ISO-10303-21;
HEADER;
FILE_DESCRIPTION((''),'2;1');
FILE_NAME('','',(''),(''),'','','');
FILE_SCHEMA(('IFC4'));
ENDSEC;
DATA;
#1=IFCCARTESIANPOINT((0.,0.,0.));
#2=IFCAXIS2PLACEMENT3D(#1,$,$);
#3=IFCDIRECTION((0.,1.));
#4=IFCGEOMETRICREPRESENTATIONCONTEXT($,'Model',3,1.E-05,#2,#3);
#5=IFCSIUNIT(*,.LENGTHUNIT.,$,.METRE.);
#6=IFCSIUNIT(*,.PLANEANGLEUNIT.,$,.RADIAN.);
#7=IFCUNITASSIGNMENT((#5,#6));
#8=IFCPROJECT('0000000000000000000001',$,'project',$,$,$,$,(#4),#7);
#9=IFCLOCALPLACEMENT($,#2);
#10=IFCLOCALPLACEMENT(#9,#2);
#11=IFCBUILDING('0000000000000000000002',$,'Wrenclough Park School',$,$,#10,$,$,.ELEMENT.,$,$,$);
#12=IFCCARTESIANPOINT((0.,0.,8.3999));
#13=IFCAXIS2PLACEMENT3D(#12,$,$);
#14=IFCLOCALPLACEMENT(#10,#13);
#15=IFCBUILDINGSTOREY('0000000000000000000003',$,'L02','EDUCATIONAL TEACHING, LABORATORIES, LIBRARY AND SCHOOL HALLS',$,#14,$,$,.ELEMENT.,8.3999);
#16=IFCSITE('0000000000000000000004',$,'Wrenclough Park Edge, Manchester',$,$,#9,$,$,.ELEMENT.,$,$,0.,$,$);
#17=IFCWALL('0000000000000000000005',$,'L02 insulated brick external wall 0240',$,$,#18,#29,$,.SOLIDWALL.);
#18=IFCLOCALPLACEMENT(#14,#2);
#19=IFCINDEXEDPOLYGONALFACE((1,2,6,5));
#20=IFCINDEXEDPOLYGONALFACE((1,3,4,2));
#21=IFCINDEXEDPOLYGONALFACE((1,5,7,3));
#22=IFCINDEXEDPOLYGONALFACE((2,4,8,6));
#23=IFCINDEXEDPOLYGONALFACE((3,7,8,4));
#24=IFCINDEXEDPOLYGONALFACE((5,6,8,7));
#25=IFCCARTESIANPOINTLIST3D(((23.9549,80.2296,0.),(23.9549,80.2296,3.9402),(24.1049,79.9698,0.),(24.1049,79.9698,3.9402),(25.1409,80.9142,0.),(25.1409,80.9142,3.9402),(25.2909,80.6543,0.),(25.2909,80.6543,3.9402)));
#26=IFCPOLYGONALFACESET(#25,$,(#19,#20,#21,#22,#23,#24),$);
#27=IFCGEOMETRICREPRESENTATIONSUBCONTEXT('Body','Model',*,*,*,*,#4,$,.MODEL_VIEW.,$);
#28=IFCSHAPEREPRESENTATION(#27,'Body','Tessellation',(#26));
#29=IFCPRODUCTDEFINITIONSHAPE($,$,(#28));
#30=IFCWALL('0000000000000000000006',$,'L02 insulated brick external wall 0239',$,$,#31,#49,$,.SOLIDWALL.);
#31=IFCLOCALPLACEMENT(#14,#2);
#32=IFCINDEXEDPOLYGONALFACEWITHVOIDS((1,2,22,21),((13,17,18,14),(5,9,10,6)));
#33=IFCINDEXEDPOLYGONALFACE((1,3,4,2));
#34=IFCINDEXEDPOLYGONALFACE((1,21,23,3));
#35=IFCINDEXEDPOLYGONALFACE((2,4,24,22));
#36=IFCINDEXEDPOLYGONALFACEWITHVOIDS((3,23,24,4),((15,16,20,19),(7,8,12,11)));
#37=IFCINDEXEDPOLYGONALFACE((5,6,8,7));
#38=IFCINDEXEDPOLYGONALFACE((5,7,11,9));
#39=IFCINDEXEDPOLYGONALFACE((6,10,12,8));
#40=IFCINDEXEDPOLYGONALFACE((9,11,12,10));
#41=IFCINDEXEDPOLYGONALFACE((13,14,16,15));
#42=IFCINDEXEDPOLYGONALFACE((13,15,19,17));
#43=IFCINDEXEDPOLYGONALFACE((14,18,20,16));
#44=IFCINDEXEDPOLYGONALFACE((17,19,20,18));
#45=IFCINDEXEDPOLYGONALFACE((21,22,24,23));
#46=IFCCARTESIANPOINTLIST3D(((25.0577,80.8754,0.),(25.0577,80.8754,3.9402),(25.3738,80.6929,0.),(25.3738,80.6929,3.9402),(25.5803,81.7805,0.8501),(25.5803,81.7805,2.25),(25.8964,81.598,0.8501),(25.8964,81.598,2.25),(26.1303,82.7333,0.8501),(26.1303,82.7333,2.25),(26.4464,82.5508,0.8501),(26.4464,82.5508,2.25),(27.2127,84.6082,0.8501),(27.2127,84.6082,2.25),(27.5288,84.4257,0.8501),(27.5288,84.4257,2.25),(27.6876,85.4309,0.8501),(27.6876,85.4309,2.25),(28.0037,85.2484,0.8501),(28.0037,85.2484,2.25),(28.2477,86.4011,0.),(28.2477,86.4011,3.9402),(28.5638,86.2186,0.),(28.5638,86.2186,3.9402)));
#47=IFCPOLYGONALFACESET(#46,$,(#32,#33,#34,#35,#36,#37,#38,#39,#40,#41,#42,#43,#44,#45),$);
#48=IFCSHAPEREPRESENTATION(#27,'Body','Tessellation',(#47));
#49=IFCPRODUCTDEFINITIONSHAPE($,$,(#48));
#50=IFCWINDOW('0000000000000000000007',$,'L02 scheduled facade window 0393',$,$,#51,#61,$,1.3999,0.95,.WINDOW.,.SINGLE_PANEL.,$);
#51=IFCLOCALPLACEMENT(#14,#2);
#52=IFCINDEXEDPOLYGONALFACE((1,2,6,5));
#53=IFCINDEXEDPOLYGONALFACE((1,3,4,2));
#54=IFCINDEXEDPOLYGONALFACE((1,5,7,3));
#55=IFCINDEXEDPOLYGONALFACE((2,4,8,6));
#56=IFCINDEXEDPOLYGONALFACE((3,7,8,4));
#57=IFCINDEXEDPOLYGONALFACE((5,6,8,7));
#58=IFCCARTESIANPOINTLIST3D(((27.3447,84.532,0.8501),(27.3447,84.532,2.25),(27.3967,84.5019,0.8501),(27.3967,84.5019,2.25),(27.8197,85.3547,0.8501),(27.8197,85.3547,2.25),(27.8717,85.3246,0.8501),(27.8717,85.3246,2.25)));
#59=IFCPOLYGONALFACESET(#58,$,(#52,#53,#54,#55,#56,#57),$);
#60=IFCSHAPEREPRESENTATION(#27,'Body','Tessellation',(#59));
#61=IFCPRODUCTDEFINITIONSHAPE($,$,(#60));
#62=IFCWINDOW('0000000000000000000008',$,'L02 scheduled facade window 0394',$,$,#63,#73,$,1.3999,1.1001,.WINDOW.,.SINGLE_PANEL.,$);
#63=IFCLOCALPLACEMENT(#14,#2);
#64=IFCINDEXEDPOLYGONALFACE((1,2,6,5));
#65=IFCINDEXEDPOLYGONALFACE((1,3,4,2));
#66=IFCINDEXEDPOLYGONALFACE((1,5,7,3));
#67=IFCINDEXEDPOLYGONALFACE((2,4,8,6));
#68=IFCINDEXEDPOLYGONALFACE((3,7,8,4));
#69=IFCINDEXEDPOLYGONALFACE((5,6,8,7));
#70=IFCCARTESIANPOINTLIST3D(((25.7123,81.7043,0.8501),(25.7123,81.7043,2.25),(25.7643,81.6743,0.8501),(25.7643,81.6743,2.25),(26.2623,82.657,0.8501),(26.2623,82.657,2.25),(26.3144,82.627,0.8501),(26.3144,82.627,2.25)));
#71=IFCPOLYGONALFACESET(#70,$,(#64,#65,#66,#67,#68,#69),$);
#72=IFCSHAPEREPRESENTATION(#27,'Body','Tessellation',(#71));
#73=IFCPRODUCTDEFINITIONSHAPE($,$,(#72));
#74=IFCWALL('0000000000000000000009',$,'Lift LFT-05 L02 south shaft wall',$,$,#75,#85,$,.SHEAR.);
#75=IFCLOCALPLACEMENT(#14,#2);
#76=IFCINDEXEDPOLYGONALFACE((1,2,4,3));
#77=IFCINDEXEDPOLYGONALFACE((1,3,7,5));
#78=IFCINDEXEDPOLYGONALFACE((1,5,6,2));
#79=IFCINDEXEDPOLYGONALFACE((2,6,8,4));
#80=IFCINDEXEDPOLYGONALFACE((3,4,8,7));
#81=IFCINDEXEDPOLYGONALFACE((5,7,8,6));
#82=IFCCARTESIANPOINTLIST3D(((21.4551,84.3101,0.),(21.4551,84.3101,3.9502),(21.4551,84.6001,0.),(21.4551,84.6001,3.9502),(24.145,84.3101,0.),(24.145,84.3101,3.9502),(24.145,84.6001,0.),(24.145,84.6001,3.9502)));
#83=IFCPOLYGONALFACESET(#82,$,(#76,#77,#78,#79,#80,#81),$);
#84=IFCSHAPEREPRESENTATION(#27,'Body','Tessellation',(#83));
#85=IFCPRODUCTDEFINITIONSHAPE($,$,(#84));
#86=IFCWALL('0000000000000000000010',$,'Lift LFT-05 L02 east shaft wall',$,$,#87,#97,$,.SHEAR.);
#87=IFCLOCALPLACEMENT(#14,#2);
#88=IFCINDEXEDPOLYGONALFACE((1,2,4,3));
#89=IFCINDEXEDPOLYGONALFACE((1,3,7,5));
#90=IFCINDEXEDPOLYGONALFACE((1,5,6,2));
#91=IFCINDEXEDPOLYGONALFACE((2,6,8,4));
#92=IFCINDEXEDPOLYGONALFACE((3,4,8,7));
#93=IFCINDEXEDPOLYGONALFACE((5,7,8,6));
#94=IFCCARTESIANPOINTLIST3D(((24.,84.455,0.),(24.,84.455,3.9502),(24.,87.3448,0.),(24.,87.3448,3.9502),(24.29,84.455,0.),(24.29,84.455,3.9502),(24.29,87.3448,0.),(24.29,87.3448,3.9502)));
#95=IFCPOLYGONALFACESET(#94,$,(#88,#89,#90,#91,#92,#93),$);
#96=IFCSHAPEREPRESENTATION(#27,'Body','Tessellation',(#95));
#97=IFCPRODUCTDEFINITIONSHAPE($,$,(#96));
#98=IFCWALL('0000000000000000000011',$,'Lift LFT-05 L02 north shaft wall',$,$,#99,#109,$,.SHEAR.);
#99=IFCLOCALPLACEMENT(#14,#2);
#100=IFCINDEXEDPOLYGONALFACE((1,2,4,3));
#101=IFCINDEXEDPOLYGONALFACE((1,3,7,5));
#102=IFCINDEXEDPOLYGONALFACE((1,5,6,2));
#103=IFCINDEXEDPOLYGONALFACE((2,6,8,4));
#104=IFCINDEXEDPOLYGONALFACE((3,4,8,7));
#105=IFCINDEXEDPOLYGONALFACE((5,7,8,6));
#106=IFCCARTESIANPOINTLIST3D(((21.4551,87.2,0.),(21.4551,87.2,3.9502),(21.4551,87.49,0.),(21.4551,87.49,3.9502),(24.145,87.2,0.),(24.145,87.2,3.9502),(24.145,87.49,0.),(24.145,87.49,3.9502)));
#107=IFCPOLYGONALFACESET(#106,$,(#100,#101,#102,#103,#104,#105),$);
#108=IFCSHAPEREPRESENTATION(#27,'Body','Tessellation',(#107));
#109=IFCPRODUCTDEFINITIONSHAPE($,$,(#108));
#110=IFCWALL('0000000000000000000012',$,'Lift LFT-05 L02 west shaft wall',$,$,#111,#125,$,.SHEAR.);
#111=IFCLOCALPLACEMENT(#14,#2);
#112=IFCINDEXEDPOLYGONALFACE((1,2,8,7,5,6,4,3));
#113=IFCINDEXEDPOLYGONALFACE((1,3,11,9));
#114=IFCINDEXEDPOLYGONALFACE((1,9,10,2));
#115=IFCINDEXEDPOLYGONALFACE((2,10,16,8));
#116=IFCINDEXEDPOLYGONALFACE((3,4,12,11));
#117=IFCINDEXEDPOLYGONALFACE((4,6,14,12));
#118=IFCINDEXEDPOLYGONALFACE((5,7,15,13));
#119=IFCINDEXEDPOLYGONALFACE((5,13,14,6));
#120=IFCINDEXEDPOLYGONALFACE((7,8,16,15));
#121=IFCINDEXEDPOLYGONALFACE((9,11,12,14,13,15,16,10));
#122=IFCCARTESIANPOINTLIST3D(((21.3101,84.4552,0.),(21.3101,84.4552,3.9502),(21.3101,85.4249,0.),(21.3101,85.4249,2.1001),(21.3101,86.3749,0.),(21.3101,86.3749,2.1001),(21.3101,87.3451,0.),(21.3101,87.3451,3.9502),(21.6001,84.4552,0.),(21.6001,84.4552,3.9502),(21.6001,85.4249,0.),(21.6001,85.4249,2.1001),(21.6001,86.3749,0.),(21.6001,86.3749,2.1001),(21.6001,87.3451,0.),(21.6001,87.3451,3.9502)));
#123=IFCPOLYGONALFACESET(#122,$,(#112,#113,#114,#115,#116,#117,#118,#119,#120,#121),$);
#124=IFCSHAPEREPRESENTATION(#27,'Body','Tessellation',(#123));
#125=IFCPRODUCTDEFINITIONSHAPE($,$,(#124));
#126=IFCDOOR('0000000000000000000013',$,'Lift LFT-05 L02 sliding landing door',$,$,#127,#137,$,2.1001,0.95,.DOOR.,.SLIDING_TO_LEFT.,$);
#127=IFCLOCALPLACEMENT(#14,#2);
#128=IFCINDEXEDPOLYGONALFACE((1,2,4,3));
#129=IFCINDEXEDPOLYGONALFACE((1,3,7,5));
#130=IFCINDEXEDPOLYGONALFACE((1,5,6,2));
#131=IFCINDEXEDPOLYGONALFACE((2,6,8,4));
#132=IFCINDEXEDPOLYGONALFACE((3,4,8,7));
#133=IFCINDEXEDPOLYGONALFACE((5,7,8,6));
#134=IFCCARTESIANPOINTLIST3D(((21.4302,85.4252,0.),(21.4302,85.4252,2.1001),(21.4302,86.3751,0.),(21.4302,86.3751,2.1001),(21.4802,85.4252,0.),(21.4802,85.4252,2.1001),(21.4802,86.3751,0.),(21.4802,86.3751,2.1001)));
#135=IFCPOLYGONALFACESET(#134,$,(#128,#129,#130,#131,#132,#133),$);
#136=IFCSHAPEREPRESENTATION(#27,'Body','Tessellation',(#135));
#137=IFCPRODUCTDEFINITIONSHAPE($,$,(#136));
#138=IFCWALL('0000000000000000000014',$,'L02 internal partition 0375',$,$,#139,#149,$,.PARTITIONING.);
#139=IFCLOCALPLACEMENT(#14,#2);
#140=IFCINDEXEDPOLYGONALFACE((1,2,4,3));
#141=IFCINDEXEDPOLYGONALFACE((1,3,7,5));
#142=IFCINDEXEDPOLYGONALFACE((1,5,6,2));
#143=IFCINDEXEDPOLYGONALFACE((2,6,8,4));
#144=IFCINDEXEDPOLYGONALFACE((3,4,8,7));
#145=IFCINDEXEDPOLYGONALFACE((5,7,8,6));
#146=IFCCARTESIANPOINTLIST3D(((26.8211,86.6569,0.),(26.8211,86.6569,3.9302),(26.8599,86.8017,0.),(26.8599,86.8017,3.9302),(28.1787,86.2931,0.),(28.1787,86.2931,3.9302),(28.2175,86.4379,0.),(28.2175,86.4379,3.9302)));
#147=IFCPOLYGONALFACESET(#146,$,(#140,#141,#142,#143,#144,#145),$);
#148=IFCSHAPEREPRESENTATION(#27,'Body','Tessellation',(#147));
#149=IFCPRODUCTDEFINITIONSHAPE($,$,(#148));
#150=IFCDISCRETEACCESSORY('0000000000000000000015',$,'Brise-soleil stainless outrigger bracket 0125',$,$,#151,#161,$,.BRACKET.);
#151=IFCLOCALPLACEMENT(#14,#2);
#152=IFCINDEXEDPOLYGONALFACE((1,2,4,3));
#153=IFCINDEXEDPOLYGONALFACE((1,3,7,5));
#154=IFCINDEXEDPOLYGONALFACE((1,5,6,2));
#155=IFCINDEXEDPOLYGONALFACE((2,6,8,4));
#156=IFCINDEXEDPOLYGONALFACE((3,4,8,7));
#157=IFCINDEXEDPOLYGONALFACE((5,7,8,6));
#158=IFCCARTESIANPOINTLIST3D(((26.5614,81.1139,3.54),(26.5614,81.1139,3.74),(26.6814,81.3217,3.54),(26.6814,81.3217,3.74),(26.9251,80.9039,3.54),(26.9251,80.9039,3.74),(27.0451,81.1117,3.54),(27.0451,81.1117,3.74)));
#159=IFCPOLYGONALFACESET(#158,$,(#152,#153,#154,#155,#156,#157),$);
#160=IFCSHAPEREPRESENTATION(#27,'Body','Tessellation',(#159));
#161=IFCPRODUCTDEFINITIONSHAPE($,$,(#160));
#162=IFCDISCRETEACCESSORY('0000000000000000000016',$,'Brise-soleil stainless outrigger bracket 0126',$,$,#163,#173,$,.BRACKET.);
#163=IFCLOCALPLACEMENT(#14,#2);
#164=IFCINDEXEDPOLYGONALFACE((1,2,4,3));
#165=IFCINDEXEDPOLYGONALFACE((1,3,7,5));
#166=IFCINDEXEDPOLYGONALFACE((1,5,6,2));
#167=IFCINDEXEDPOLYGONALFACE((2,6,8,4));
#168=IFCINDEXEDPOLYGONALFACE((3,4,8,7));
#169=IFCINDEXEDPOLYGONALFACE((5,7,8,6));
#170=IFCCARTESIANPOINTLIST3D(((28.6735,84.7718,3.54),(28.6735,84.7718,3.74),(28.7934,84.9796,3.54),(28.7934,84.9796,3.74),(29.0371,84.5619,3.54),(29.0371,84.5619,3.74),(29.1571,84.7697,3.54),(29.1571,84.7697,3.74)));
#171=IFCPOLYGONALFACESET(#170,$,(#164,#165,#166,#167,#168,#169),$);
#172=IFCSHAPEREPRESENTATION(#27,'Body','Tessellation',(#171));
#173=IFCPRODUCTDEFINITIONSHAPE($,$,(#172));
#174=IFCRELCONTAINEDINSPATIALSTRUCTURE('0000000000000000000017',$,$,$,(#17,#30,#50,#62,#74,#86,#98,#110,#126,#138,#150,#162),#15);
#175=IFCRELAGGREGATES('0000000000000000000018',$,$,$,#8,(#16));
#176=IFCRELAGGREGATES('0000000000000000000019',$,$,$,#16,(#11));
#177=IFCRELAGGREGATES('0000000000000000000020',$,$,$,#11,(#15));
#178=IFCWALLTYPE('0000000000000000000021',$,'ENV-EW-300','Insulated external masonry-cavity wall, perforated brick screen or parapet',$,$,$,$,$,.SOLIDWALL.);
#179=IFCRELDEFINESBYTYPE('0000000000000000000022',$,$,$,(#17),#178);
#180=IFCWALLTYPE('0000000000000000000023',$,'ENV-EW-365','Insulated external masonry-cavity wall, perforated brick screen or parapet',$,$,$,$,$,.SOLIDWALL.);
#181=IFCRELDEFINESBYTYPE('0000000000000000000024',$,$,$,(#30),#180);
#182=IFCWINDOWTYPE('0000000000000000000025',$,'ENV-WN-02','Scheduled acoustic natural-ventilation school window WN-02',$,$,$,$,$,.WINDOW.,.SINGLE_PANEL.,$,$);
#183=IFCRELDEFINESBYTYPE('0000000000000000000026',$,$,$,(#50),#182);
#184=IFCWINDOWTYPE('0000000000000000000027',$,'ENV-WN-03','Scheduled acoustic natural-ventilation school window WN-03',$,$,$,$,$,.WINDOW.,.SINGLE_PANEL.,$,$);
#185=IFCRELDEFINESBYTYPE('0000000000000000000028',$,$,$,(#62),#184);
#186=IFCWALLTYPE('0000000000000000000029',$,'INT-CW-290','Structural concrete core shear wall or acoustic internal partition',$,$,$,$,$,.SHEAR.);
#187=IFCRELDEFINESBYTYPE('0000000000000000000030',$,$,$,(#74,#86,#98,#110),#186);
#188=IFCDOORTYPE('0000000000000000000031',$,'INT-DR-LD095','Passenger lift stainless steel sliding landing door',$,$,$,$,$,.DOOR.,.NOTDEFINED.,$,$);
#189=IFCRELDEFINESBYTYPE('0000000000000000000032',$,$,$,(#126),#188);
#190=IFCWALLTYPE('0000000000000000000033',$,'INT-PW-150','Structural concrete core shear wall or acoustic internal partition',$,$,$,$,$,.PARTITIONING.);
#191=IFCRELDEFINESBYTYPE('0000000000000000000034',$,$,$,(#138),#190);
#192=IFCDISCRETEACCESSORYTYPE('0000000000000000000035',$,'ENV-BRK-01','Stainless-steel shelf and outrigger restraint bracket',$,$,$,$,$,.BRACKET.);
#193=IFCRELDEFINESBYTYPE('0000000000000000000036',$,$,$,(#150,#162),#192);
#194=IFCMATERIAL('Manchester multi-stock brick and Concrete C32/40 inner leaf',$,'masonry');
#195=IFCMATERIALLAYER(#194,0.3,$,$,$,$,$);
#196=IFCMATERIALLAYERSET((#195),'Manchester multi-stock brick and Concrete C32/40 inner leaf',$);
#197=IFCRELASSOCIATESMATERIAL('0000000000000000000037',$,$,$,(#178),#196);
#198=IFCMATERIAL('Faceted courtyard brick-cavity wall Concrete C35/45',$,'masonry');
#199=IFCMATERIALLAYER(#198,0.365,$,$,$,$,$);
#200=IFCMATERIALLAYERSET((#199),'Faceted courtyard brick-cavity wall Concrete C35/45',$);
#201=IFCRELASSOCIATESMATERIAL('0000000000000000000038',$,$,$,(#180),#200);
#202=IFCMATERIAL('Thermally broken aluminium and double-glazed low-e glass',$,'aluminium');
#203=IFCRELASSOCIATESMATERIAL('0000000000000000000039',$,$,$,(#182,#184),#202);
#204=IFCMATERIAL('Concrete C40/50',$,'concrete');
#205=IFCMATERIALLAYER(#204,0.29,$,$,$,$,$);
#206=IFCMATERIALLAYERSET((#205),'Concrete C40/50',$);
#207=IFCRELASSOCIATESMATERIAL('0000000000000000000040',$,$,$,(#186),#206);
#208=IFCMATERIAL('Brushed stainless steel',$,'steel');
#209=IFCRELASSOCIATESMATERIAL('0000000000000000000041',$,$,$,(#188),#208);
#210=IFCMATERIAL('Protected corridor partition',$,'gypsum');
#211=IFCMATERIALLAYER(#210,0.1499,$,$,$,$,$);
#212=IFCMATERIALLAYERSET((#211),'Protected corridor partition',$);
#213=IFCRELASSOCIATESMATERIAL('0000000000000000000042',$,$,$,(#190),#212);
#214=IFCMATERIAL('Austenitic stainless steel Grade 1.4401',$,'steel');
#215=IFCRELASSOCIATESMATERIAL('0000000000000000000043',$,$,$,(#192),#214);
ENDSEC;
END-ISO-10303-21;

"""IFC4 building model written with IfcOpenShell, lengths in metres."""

from ifc_helpers import new_model, si_unit, direction, frame, frame_2d, origin, origin_2d, place, context, subcontext, project, spatial, rectangle, extrude, material, layer, layer_set, type_object, element, fill, save


model = new_model("IFC4")

# Units and contexts
model_context = context("Model", 3, precision=1e-05, world=origin(), true_north=direction((0.0, 1.0)))
body_context = subcontext(model_context, "Body", "Model", "MODEL_VIEW")
ifc_project = project(units=[si_unit("LENGTHUNIT", "METRE"), si_unit("PLANEANGLEUNIT", "RADIAN")], contexts=[model_context])

# Site, building, storey
site_placement = place(None, origin())
site = spatial("IfcSite", under=ifc_project, at=site_placement, Name="Wrenclough Park Edge, Manchester", CompositionType="ELEMENT", RefElevation=0.0)
building_placement = place(site_placement, origin())
building = spatial("IfcBuilding", under=site, at=building_placement, Name="Wrenclough Park School", CompositionType="ELEMENT")
storey_placement = place(building_placement, frame((0.0, 0.0, 8.3999)))
storey = spatial("IfcBuildingStorey", under=building, at=storey_placement, Name="L02", Description="EDUCATIONAL TEACHING, LABORATORIES, LIBRARY AND SCHOOL HALLS", CompositionType="ELEMENT", Elevation=8.3999)

# Wall
ifc_material_1 = material(Name="Manchester multi-stock brick and Concrete C32/40 inner leaf", Category="masonry")
ifc_layer_1 = layer(ifc_material_1, 0.3)
ifc_layer_set_1 = layer_set([ifc_layer_1], Name="Manchester multi-stock brick and Concrete C32/40 inner leaf")
wall_type_1 = type_object("IfcWallType", Name="ENV-EW-300", Description="Insulated external masonry-cavity wall, perforated brick screen or parapet", PredefinedType="SOLIDWALL", material=ifc_layer_set_1)
wall_1_placement = place(storey_placement, frame((25.2158, 80.7842, 0.0), z_axis=(0.0, 0.0, 1.0), x_axis=(-0.866085, -0.499897, 0.0)))
element("IfcWall", 1, at=wall_1_placement, inside=storey, type_object=wall_type_1, Name="L02 insulated brick external wall 0240", PredefinedType="SOLIDWALL", context=body_context, shape_type="SweptSolid", body=[
    extrude(rectangle(XDim=1.3694, YDim=0.3, at=frame_2d((0.6846, 0.0))), origin(), (0.0, 0.0, 1.0), 3.9402),
])

# Wall, openings, windows
ifc_material_2 = material(Name="Faceted courtyard brick-cavity wall Concrete C35/45", Category="masonry")
ifc_layer_2 = layer(ifc_material_2, 0.365)
ifc_layer_set_2 = layer_set([ifc_layer_2], Name="Faceted courtyard brick-cavity wall Concrete C35/45")
wall_type_2 = type_object("IfcWallType", Name="ENV-EW-365", Description="Insulated external masonry-cavity wall, perforated brick screen or parapet", PredefinedType="SOLIDWALL", material=ifc_layer_set_2)
wall_2_placement = place(storey_placement, frame((28.4058, 86.3098, 0.0), z_axis=(0.0, 0.0, 1.0), x_axis=(-0.499966, -0.866045, 0.0)))
wall_2 = element("IfcWall", 2, at=wall_2_placement, inside=storey, type_object=wall_type_2, Name="L02 insulated brick external wall 0239", PredefinedType="SOLIDWALL", context=body_context, shape_type="SweptSolid", body=[
    extrude(rectangle(XDim=6.3804, YDim=0.365, at=frame_2d((3.1902, 0.0))), origin(), (0.0, 0.0, 1.0), 3.9402),
])
opening_1_placement = place(wall_2_placement, frame((1.1201, 0.0, 0.8501)))
opening_1 = element("IfcOpeningElement", 3, at=opening_1_placement, cuts=wall_2, PredefinedType="OPENING", context=body_context, shape_type="SweptSolid", body=[
    extrude(rectangle(XDim=0.95, YDim=1.3999, at=frame_2d((0.4751, 0.7))), frame((0.0, 0.1924, 0.0), z_axis=(0.0, -1.0, 0.0), x_axis=(1.0, 0.0, 0.0)), (0.0, 0.0, 1.0), 0.385),
])
opening_2_placement = place(wall_2_placement, frame((4.2351, 0.0, 0.8501)))
opening_2 = element("IfcOpeningElement", 4, at=opening_2_placement, cuts=wall_2, PredefinedType="OPENING", context=body_context, shape_type="SweptSolid", body=[
    extrude(rectangle(XDim=1.1001, YDim=1.3999, at=frame_2d((0.55, 0.7))), frame((0.0, 0.1924, 0.0), z_axis=(0.0, -1.0, 0.0), x_axis=(1.0, 0.0, 0.0)), (0.0, 0.0, 1.0), 0.385),
])
ifc_material_3 = material(Name="Thermally broken aluminium and double-glazed low-e glass", Category="aluminium")
window_type_1 = type_object("IfcWindowType", Name="ENV-WN-02", Description="Scheduled acoustic natural-ventilation school window WN-02", PartitioningType="SINGLE_PANEL", PredefinedType="WINDOW", material=ifc_material_3)
window_1_placement = place(opening_1_placement, origin())
window_1 = element("IfcWindow", 5, at=window_1_placement, inside=storey, type_object=window_type_1, Name="L02 scheduled facade window 0393", OverallHeight=1.3999, OverallWidth=0.95, PartitioningType="SINGLE_PANEL", PredefinedType="WINDOW", context=body_context, shape_type="SweptSolid", body=[
    extrude(rectangle(XDim=0.95, YDim=1.3999, at=frame_2d((0.4751, 0.7))), frame((0.0, 0.03, 0.0), z_axis=(0.0, -1.0, 0.0), x_axis=(1.0, 0.0, 0.0)), (0.0, 0.0, 1.0), 0.0601),
])
fill(opening_1, window_1)
window_type_2 = type_object("IfcWindowType", Name="ENV-WN-03", Description="Scheduled acoustic natural-ventilation school window WN-03", PartitioningType="SINGLE_PANEL", PredefinedType="WINDOW", material=ifc_material_3)
window_2_placement = place(opening_2_placement, origin())
window_2 = element("IfcWindow", 6, at=window_2_placement, inside=storey, type_object=window_type_2, Name="L02 scheduled facade window 0394", OverallHeight=1.3999, OverallWidth=1.1001, PartitioningType="SINGLE_PANEL", PredefinedType="WINDOW", context=body_context, shape_type="SweptSolid", body=[
    extrude(rectangle(XDim=1.1001, YDim=1.3999, at=frame_2d((0.55, 0.7))), frame((0.0, 0.03, 0.0), z_axis=(0.0, -1.0, 0.0), x_axis=(1.0, 0.0, 0.0)), (0.0, 0.0, 1.0), 0.0601),
])
fill(opening_2, window_2)

# Walls
ifc_material_4 = material(Name="Concrete C40/50", Category="concrete")
ifc_layer_3 = layer(ifc_material_4, 0.29)
ifc_layer_set_3 = layer_set([ifc_layer_3], Name="Concrete C40/50")
wall_type_3 = type_object("IfcWallType", Name="INT-CW-290", Description="Structural concrete core shear wall or acoustic internal partition", PredefinedType="SHEAR", material=ifc_layer_set_3)
wall_3_placement = place(storey_placement, frame((21.4551, 84.4551, 0.0), z_axis=(0.0, 0.0, 1.0), x_axis=(1.0, 0.0, 0.0)))
element("IfcWall", 7, at=wall_3_placement, inside=storey, type_object=wall_type_3, Name="Lift LFT-05 L02 south shaft wall", PredefinedType="SHEAR", context=body_context, shape_type="SweptSolid", body=[
    extrude(rectangle(XDim=2.6899, YDim=0.29, at=frame_2d((1.345, 0.0))), origin(), (0.0, 0.0, 1.0), 3.9502),
])
wall_4_placement = place(storey_placement, frame((24.145, 84.4551, 0.0), z_axis=(0.0, 0.0, 1.0), x_axis=(0.0, 1.0, 0.0)))
element("IfcWall", 8, at=wall_4_placement, inside=storey, type_object=wall_type_3, Name="Lift LFT-05 L02 east shaft wall", PredefinedType="SHEAR", context=body_context, shape_type="SweptSolid", body=[
    extrude(rectangle(XDim=2.8899, YDim=0.29, at=frame_2d((1.4448, 0.0))), origin(), (0.0, 0.0, 1.0), 3.9502),
])
wall_5_placement = place(storey_placement, frame((24.145, 87.345, 0.0), z_axis=(0.0, 0.0, 1.0), x_axis=(-1.0, 0.0, 0.0)))
element("IfcWall", 9, at=wall_5_placement, inside=storey, type_object=wall_type_3, Name="Lift LFT-05 L02 north shaft wall", PredefinedType="SHEAR", context=body_context, shape_type="SweptSolid", body=[
    extrude(rectangle(XDim=2.6899, YDim=0.29, at=frame_2d((1.345, 0.0))), origin(), (0.0, 0.0, 1.0), 3.9502),
])

# Wall, opening, door
wall_6_placement = place(storey_placement, frame((21.4551, 87.345, 0.0), z_axis=(0.0, 0.0, 1.0), x_axis=(0.0, -1.0, 0.0)))
wall_6 = element("IfcWall", 10, at=wall_6_placement, inside=storey, type_object=wall_type_3, Name="Lift LFT-05 L02 west shaft wall", PredefinedType="SHEAR", context=body_context, shape_type="SweptSolid", body=[
    extrude(rectangle(XDim=2.8899, YDim=0.29, at=frame_2d((1.4448, 0.0))), origin(), (0.0, 0.0, 1.0), 3.9502),
])
opening_3_placement = place(wall_6_placement, frame((0.97, 0.0, 0.0)))
opening_3 = element("IfcOpeningElement", 11, at=opening_3_placement, cuts=wall_6, PredefinedType="OPENING", context=body_context, shape_type="SweptSolid", body=[
    extrude(rectangle(XDim=0.95, YDim=2.1001, at=frame_2d((0.4751, 1.05))), frame((0.0, 0.155, 0.0), z_axis=(0.0, -1.0, 0.0), x_axis=(1.0, 0.0, 0.0)), (0.0, 0.0, 1.0), 0.3101),
])
ifc_material_5 = material(Name="Brushed stainless steel", Category="steel")
door_type = type_object("IfcDoorType", Name="INT-DR-LD095", Description="Passenger lift stainless steel sliding landing door", OperationType="NOTDEFINED", PredefinedType="DOOR", material=ifc_material_5)
door_placement = place(opening_3_placement, frame((0.95, 0.0, 0.0), z_axis=(0.0, 0.0, 1.0), x_axis=(-1.0, 0.0, 0.0)))
door = element("IfcDoor", 12, at=door_placement, inside=storey, type_object=door_type, Name="Lift LFT-05 L02 sliding landing door", OperationType="SLIDING_TO_LEFT", OverallHeight=2.1001, OverallWidth=0.95, PredefinedType="DOOR", context=body_context, shape_type="SweptSolid", body=[
    extrude(rectangle(XDim=0.95, YDim=2.1001, at=frame_2d((0.4751, 1.05))), frame((0.0, 0.0249, 0.0), z_axis=(0.0, -1.0, 0.0), x_axis=(1.0, 0.0, 0.0)), (0.0, 0.0, 1.0), 0.05),
])
fill(opening_3, door)

# Wall
ifc_material_6 = material(Name="Protected corridor partition", Category="gypsum")
ifc_layer_4 = layer(ifc_material_6, 0.1499)
ifc_layer_set_4 = layer_set([ifc_layer_4], Name="Protected corridor partition")
wall_type_4 = type_object("IfcWallType", Name="INT-PW-150", Description="Structural concrete core shear wall or acoustic internal partition", PredefinedType="PARTITIONING", material=ifc_layer_set_4)
wall_7_placement = place(storey_placement, frame((26.8406, 86.7292, 0.0), z_axis=(0.0, 0.0, 1.0), x_axis=(0.965929, -0.258808, 0.0)))
element("IfcWall", 13, at=wall_7_placement, inside=storey, type_object=wall_type_4, Name="L02 internal partition 0375", PredefinedType="PARTITIONING", context=body_context, shape_type="SweptSolid", body=[
    extrude(rectangle(XDim=1.4055, YDim=0.1499, at=frame_2d((0.7026, 0.0))), origin(), (0.0, 0.0, 1.0), 3.9302),
])

# Discrete accessories
ifc_material_7 = material(Name="Austenitic stainless steel Grade 1.4401", Category="steel")
discrete_accessory_type = type_object("IfcDiscreteAccessoryType", Name="ENV-BRK-01", Description="Stainless-steel shelf and outrigger restraint bracket", PredefinedType="BRACKET", material=ifc_material_7)
for number, where, z_axis, x_axis, name in (
    (14, (26.8032, 81.1128, 3.54), (0.0, 0.0, 1.0), (0.499991, 0.866031, 0.0), "Brise-soleil stainless outrigger bracket 0125"),
    (15, (28.9153, 84.7708, 3.54), (0.0, 0.0, 1.0), (0.499991, 0.866031, 0.0), "Brise-soleil stainless outrigger bracket 0126"),
):
    element("IfcDiscreteAccessory", number, at=place(storey_placement, frame(where, z_axis=z_axis, x_axis=x_axis)), inside=storey, type_object=discrete_accessory_type, Name=name, PredefinedType="BRACKET", context=body_context, shape_type="SweptSolid", body=[
        extrude(rectangle(XDim=0.24, YDim=0.4199, at=origin_2d()), origin(), (0.0, 0.0, 1.0), 0.2),
    ])

save(model, "model.ifc")
